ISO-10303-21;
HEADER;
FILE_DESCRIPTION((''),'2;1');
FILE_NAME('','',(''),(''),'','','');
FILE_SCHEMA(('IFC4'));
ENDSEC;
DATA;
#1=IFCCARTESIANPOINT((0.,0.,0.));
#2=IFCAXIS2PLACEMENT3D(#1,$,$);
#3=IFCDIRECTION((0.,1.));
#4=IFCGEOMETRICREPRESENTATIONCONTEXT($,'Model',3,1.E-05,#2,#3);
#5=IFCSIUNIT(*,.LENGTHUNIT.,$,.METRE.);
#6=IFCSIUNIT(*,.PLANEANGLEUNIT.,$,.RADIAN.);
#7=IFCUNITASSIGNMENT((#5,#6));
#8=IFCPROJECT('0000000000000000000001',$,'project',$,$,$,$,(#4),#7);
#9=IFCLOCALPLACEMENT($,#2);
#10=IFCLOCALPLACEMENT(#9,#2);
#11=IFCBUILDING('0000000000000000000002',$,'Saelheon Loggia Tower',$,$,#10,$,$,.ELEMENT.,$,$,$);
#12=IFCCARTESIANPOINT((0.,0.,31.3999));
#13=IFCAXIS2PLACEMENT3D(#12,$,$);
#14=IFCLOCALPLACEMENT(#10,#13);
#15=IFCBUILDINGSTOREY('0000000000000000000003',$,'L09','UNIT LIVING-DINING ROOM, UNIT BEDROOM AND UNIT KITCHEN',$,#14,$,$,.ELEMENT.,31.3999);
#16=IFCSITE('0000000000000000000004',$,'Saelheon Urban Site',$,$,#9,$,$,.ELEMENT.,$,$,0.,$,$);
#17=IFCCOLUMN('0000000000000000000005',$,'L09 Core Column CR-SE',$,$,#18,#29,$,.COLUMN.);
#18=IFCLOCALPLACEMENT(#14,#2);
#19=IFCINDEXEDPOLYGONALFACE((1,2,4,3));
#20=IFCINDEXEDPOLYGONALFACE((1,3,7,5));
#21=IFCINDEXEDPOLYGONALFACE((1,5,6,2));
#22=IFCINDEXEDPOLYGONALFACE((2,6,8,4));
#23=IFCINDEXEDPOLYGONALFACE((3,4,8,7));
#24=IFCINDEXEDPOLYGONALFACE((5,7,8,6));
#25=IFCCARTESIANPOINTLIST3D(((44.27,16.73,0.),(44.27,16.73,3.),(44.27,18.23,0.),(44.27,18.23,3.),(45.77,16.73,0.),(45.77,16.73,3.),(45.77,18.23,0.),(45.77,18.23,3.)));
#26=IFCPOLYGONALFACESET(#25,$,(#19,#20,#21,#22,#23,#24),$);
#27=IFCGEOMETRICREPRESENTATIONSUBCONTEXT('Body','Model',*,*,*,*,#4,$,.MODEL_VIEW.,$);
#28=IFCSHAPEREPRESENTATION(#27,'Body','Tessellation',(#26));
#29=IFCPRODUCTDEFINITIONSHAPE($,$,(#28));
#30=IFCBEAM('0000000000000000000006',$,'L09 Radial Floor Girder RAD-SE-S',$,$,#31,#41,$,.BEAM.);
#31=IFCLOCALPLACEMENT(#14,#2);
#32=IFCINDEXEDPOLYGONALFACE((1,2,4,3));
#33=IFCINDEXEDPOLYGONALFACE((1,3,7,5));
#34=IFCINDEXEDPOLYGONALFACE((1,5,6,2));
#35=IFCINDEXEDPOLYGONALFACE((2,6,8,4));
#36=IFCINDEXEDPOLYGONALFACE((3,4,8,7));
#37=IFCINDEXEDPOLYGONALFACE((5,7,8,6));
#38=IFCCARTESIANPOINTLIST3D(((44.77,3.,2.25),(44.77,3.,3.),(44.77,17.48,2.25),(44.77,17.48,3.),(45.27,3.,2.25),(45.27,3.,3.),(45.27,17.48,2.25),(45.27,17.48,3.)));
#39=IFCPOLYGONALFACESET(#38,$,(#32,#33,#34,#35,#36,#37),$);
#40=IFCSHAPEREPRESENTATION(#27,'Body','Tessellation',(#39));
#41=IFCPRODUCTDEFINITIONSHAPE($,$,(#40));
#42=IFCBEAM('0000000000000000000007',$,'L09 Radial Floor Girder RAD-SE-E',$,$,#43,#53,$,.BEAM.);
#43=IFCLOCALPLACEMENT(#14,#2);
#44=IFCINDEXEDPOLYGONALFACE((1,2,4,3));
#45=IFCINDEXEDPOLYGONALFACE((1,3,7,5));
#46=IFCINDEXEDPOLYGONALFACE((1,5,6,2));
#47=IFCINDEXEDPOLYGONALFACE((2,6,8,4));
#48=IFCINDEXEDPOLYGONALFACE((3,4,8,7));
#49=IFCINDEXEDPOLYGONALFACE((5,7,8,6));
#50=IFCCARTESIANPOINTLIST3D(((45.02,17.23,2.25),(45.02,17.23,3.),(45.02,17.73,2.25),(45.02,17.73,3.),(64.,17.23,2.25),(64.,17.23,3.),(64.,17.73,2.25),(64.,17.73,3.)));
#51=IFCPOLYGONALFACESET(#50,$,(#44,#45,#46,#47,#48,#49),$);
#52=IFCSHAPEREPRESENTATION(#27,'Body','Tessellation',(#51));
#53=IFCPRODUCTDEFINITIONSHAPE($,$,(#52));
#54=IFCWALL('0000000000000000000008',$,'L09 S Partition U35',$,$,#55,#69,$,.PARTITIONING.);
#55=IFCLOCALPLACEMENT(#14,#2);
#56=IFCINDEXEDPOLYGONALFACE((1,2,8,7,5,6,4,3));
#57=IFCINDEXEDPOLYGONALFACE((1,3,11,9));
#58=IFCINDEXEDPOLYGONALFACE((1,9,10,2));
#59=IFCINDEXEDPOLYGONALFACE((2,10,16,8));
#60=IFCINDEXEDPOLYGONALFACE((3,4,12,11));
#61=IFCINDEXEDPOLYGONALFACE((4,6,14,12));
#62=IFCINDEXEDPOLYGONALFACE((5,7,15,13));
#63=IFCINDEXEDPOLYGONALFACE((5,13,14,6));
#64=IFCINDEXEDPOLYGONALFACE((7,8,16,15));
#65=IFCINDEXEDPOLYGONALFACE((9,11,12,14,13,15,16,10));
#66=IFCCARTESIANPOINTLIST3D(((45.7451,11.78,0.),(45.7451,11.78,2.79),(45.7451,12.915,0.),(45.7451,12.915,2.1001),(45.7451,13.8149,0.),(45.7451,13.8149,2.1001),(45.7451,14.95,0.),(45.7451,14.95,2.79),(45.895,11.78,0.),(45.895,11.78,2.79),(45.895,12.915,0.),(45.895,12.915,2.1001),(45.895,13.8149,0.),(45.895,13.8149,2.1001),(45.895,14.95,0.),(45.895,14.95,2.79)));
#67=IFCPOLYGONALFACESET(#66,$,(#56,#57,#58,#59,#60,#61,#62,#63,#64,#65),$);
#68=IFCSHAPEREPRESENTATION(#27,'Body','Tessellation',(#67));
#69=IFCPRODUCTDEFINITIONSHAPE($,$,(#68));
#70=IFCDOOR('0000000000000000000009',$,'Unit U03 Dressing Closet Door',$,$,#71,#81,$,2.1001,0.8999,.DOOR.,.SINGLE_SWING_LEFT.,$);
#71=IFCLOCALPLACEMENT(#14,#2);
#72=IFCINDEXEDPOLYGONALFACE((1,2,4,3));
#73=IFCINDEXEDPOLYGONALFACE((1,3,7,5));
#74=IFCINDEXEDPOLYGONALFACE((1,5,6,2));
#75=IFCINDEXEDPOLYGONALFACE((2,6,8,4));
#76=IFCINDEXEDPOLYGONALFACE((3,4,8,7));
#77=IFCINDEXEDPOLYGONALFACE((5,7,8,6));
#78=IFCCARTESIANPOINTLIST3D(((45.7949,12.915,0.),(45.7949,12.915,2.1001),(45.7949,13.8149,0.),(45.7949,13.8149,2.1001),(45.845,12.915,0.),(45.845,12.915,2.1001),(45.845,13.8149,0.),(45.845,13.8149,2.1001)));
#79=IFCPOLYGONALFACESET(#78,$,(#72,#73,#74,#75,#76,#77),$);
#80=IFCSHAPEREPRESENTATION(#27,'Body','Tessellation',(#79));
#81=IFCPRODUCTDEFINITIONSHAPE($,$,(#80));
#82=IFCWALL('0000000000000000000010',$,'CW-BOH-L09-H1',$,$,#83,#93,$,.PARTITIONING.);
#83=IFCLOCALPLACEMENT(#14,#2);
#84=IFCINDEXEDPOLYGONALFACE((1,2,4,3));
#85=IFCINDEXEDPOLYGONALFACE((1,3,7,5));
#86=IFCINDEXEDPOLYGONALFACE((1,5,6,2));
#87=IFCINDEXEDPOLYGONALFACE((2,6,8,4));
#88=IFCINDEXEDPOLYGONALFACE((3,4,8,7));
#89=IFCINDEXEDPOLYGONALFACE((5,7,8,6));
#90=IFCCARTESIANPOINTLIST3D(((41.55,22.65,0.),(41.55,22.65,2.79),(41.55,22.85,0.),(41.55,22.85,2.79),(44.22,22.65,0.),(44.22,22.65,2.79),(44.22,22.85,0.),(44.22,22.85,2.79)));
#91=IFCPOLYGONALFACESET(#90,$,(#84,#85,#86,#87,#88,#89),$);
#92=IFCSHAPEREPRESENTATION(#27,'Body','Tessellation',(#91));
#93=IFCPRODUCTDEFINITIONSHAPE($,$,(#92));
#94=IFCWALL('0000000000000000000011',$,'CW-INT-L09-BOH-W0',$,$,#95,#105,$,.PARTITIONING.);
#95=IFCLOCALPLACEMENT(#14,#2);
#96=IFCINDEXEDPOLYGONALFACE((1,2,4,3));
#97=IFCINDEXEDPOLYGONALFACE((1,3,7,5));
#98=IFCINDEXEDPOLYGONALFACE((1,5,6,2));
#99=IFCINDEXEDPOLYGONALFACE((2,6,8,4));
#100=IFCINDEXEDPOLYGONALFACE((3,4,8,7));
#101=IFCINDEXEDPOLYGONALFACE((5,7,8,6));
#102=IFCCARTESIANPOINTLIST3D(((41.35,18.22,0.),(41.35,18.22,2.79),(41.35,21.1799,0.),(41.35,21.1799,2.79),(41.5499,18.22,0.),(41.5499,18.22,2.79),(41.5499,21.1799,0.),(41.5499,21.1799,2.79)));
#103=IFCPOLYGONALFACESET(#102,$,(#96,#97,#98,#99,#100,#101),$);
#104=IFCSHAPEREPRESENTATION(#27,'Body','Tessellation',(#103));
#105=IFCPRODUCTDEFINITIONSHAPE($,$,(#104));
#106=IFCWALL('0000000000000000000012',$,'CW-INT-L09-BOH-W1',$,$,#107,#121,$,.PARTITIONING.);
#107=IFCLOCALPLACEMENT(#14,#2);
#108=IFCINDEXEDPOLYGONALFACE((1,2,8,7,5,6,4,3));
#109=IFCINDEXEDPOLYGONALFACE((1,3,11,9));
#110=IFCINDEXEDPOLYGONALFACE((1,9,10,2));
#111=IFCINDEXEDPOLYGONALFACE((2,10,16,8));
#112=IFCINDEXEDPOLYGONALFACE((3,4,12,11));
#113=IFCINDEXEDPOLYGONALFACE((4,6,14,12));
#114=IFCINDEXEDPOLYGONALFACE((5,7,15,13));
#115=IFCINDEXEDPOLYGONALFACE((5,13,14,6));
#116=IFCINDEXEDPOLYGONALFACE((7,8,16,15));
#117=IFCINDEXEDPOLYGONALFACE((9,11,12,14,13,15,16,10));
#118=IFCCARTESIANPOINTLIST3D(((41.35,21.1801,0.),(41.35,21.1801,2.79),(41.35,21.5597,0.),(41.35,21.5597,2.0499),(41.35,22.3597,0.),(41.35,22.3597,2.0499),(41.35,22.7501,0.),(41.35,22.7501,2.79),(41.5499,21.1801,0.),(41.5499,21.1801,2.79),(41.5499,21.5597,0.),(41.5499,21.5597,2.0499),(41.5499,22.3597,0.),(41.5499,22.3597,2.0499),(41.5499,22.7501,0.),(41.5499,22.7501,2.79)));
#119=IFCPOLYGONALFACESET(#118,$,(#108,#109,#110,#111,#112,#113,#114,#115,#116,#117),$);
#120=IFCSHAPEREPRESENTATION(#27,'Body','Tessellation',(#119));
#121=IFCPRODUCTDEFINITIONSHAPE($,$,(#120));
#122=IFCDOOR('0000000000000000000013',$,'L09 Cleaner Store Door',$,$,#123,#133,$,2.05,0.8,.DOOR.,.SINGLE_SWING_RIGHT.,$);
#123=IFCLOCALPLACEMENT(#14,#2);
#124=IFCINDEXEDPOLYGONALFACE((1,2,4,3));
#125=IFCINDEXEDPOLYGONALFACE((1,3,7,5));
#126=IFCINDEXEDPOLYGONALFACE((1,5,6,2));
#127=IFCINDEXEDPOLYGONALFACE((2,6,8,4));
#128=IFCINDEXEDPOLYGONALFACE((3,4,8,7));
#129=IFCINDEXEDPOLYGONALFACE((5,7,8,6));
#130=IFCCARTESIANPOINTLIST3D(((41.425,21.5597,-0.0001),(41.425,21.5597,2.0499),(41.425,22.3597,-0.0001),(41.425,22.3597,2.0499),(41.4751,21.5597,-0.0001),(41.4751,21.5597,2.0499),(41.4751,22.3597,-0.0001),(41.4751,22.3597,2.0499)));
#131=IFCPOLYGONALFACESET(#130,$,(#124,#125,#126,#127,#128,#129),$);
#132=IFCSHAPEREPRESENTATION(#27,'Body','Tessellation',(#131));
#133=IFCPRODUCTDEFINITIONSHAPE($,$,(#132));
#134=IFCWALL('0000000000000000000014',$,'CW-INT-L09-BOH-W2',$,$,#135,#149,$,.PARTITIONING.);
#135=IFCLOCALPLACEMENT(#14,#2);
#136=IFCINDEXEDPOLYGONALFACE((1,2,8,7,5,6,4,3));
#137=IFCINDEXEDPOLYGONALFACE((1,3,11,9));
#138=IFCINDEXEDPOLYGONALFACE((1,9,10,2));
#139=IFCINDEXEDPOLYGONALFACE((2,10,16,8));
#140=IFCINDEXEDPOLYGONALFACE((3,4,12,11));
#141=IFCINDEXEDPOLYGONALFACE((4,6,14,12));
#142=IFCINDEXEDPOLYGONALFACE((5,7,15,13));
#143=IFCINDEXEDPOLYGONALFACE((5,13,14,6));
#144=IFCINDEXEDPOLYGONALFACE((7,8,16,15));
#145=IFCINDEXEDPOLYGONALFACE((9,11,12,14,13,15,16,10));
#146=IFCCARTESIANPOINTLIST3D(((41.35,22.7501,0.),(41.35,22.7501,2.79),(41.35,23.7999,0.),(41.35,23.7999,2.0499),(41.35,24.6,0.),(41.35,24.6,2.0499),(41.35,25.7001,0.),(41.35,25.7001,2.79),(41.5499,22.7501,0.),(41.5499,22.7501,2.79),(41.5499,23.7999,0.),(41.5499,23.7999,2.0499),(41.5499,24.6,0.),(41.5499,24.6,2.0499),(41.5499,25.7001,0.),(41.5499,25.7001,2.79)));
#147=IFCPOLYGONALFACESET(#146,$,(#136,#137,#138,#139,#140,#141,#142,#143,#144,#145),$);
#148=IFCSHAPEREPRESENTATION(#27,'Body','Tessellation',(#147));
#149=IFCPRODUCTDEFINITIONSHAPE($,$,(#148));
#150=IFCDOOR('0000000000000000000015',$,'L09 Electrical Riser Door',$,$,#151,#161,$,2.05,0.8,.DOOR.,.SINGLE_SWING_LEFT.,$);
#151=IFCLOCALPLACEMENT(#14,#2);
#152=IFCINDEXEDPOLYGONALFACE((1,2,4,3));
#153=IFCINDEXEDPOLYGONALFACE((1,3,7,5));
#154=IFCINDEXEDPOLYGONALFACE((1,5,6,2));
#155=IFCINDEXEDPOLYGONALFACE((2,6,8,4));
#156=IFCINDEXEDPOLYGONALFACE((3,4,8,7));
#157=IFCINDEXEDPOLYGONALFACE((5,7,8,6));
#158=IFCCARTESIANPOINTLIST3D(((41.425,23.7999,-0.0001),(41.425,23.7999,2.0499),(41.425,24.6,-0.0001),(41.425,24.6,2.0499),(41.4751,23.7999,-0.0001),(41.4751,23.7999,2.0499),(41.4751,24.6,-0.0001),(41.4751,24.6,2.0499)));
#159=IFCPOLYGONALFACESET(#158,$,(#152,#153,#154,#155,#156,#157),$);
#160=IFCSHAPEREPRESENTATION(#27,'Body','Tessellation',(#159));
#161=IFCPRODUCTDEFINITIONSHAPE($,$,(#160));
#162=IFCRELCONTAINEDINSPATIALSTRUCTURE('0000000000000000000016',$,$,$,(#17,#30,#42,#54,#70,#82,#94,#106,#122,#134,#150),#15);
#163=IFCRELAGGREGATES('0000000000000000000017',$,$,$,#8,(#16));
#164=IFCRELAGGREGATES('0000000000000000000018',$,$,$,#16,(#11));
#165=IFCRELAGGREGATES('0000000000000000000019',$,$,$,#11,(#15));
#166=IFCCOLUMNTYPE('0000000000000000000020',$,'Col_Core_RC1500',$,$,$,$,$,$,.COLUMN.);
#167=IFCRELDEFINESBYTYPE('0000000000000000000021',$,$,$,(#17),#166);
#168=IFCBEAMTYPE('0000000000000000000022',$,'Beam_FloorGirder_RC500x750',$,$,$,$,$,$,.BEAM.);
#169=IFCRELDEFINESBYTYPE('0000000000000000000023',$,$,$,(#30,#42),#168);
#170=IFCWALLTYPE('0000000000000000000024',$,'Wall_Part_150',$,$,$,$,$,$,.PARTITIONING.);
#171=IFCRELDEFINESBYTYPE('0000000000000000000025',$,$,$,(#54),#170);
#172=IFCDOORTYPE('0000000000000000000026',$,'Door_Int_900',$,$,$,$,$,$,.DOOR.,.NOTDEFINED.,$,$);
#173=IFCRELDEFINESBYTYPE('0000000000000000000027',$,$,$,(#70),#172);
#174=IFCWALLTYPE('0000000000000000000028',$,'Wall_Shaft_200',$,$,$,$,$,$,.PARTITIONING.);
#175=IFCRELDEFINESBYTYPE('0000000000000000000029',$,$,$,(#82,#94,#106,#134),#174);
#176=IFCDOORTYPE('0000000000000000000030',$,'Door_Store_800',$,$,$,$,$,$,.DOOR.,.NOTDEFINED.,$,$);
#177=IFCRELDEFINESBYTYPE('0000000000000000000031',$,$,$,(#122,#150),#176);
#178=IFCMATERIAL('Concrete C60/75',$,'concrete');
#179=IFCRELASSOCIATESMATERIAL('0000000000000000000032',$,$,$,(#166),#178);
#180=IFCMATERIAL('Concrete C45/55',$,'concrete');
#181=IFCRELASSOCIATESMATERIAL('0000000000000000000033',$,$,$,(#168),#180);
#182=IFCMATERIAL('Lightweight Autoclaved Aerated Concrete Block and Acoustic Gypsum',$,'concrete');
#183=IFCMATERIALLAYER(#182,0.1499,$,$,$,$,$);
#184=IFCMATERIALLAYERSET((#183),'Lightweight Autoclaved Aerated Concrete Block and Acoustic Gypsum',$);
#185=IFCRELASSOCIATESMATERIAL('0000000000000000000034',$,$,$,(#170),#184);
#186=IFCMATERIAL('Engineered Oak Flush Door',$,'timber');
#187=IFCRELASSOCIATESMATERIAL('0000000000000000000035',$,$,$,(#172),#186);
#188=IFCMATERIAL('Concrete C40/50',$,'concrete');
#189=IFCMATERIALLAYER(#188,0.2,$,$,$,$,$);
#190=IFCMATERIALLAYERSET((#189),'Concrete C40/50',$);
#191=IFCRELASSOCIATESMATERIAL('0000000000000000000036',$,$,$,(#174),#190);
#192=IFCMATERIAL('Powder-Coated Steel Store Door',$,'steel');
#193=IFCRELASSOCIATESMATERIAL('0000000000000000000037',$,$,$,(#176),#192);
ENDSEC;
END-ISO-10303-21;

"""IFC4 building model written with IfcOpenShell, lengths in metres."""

from ifc_helpers import new_model, si_unit, direction, frame, frame_2d, origin, origin_2d, place, context, subcontext, project, spatial, rectangle, extrude, source, transform, mapped, material, layer, layer_set, material_profile, profile_set, type_object, element, fill, save


model = new_model("IFC4")

# Units and contexts
model_context = context("Model", 3, precision=1e-05, world=origin(), true_north=direction((0.0, 1.0)))
body_context = subcontext(model_context, "Body", "Model", "MODEL_VIEW")
ifc_project = project(units=[si_unit("LENGTHUNIT", "METRE"), si_unit("PLANEANGLEUNIT", "RADIAN")], contexts=[model_context])

# Site, building, storey
site_placement = place(None, origin())
site = spatial("IfcSite", under=ifc_project, at=site_placement, Name="Saelheon Urban Site", CompositionType="ELEMENT", RefElevation=0.0)
building_placement = place(site_placement, origin())
building = spatial("IfcBuilding", under=site, at=building_placement, Name="Saelheon Loggia Tower", CompositionType="ELEMENT")
storey_placement = place(building_placement, frame((0.0, 0.0, 31.3999)))
storey = spatial("IfcBuildingStorey", under=building, at=storey_placement, Name="L09", Description="UNIT LIVING-DINING ROOM, UNIT BEDROOM AND UNIT KITCHEN", CompositionType="ELEMENT", Elevation=31.3999)

# Column
ifc_material_1 = material(Name="Concrete C60/75", Category="concrete")
ifc_material_profile_1 = material_profile(ifc_material_1, rectangle(XDim=1.5, YDim=1.5, at=origin_2d()), Name="RC-1500x1500")
ifc_profile_set_1 = profile_set([ifc_material_profile_1], Name="Concrete C60/75")
column_type = type_object("IfcColumnType", Name="Col_Core_RC1500", PredefinedType="COLUMN", material=ifc_profile_set_1)
shared_shape_1 = source(origin(), body_context, "Body", "SweptSolid", [
    extrude(rectangle(XDim=1.5, YDim=1.5, at=origin_2d()), origin(), (0.0, 0.0, 1.0), 3.0),
])
column_placement = place(storey_placement, frame((45.02, 17.48, 0.0), z_axis=(0.0, 0.0, 1.0), x_axis=(1.0, 0.0, 0.0)))
element("IfcColumn", 1, at=column_placement, inside=storey, type_object=column_type, Name="L09 Core Column CR-SE", PredefinedType="COLUMN", context=body_context, shape_type="MappedRepresentation", body=[
    mapped(shared_shape_1, transform((0.0, 0.0, 0.0), scale=1.0)),
])

# Beams
ifc_material_2 = material(Name="Concrete C45/55", Category="concrete")
ifc_material_profile_2 = material_profile(ifc_material_2, rectangle(XDim=0.5, YDim=0.75, at=origin_2d()), Name="RC-500x750")
ifc_profile_set_2 = profile_set([ifc_material_profile_2], Name="Concrete C45/55")
beam_type = type_object("IfcBeamType", Name="Beam_FloorGirder_RC500x750", PredefinedType="BEAM", material=ifc_profile_set_2)
shared_shape_2 = source(origin(), body_context, "Body", "SweptSolid", [
    extrude(rectangle(XDim=0.5, YDim=0.75, at=origin_2d()), origin(), (0.0, 0.0, 1.0), 14.48),
])
beam_1_placement = place(storey_placement, frame((45.02, 17.48, 2.625), z_axis=(0.0, -1.0, 0.0), x_axis=(1.0, 0.0, 0.0)))
element("IfcBeam", 2, at=beam_1_placement, inside=storey, type_object=beam_type, Name="L09 Radial Floor Girder RAD-SE-S", PredefinedType="BEAM", context=body_context, shape_type="MappedRepresentation", body=[
    mapped(shared_shape_2, transform((0.0, 0.0, 0.0), scale=1.0)),
])
shared_shape_3 = source(origin(), body_context, "Body", "SweptSolid", [
    extrude(rectangle(XDim=0.5, YDim=0.75, at=origin_2d()), origin(), (0.0, 0.0, 1.0), 18.98),
])
beam_2_placement = place(storey_placement, frame((45.02, 17.48, 2.625), z_axis=(1.0, 0.0, 0.0), x_axis=(0.0, 1.0, 0.0)))
element("IfcBeam", 3, at=beam_2_placement, inside=storey, type_object=beam_type, Name="L09 Radial Floor Girder RAD-SE-E", PredefinedType="BEAM", context=body_context, shape_type="MappedRepresentation", body=[
    mapped(shared_shape_3, transform((0.0, 0.0, 0.0), scale=1.0)),
])

# Wall, opening, door
ifc_material_3 = material(Name="Lightweight Autoclaved Aerated Concrete Block and Acoustic Gypsum", Category="concrete")
ifc_layer_1 = layer(ifc_material_3, 0.1499)
ifc_layer_set_1 = layer_set([ifc_layer_1], Name="Lightweight Autoclaved Aerated Concrete Block and Acoustic Gypsum")
wall_type_1 = type_object("IfcWallType", Name="Wall_Part_150", PredefinedType="PARTITIONING", material=ifc_layer_set_1)
wall_1_placement = place(storey_placement, frame((45.8201, 14.95, 0.0), z_axis=(0.0, 0.0, 1.0), x_axis=(0.0, -1.0, 0.0)))
wall_1 = element("IfcWall", 4, at=wall_1_placement, inside=storey, type_object=wall_type_1, Name="L09 S Partition U35", PredefinedType="PARTITIONING", context=body_context, shape_type="SweptSolid", body=[
    extrude(rectangle(XDim=3.1699, YDim=0.1499, at=frame_2d((1.585, 0.0))), origin(), (0.0, 0.0, 1.0), 2.79),
])
opening_1_placement = place(wall_1_placement, frame((1.135, 0.0, 0.0)))
opening_1 = element("IfcOpeningElement", 5, at=opening_1_placement, cuts=wall_1, PredefinedType="OPENING", context=body_context, shape_type="SweptSolid", body=[
    extrude(rectangle(XDim=0.8999, YDim=2.1001, at=frame_2d((0.45, 1.05))), frame((0.0, 0.0869, 0.0), z_axis=(0.0, -1.0, 0.0), x_axis=(1.0, 0.0, 0.0)), (0.0, 0.0, 1.0), 0.1738),
])
ifc_material_4 = material(Name="Engineered Oak Flush Door", Category="timber")
door_type_1 = type_object("IfcDoorType", Name="Door_Int_900", OperationType="NOTDEFINED", PredefinedType="DOOR", material=ifc_material_4)
shared_shape_4 = source(origin(), body_context, "Body", "SweptSolid", [
    extrude(rectangle(XDim=0.8999, YDim=2.1001, at=frame_2d((0.45, 1.05))), frame((0.0, 0.0249, 0.0), z_axis=(0.0, -1.0, 0.0), x_axis=(1.0, 0.0, 0.0)), (0.0, 0.0, 1.0), 0.05),
])
door_1_placement = place(opening_1_placement, origin())
door_1 = element("IfcDoor", 6, at=door_1_placement, inside=storey, type_object=door_type_1, Name="Unit U03 Dressing Closet Door", OperationType="SINGLE_SWING_LEFT", OverallHeight=2.1001, OverallWidth=0.8999, PredefinedType="DOOR", context=body_context, shape_type="MappedRepresentation", body=[
    mapped(shared_shape_4, transform((0.0, 0.0, 0.0), scale=1.0)),
])
fill(opening_1, door_1)

# Walls
ifc_material_5 = material(Name="Concrete C40/50", Category="concrete")
ifc_layer_2 = layer(ifc_material_5, 0.2)
ifc_layer_set_2 = layer_set([ifc_layer_2], Name="Concrete C40/50")
wall_type_2 = type_object("IfcWallType", Name="Wall_Shaft_200", PredefinedType="PARTITIONING", material=ifc_layer_set_2)
wall_2_placement = place(storey_placement, frame((41.55, 22.75, 0.0), z_axis=(0.0, 0.0, 1.0), x_axis=(1.0, 0.0, 0.0)))
element("IfcWall", 7, at=wall_2_placement, inside=storey, type_object=wall_type_2, Name="CW-BOH-L09-H1", PredefinedType="PARTITIONING", context=body_context, shape_type="SweptSolid", body=[
    extrude(rectangle(XDim=2.6699, YDim=0.2, at=frame_2d((1.335, 0.0))), origin(), (0.0, 0.0, 1.0), 2.79),
])
wall_3_placement = place(storey_placement, frame((41.45, 18.22, 0.0), z_axis=(0.0, 0.0, 1.0), x_axis=(0.0, 1.0, 0.0)))
element("IfcWall", 8, at=wall_3_placement, inside=storey, type_object=wall_type_2, Name="CW-INT-L09-BOH-W0", PredefinedType="PARTITIONING", context=body_context, shape_type="SweptSolid", body=[
    extrude(rectangle(XDim=2.96, YDim=0.2, at=frame_2d((1.48, 0.0))), origin(), (0.0, 0.0, 1.0), 2.79),
])

# Walls, openings, doors
wall_4_placement = place(storey_placement, frame((41.45, 21.1799, 0.0), z_axis=(0.0, 0.0, 1.0), x_axis=(0.0, 1.0, 0.0)))
wall_4 = element("IfcWall", 9, at=wall_4_placement, inside=storey, type_object=wall_type_2, Name="CW-INT-L09-BOH-W1", PredefinedType="PARTITIONING", context=body_context, shape_type="SweptSolid", body=[
    extrude(rectangle(XDim=1.5701, YDim=0.2, at=frame_2d((0.7852, 0.0))), origin(), (0.0, 0.0, 1.0), 2.79),
])
opening_2_placement = place(wall_4_placement, frame((0.3799, 0.0, 0.0)))
opening_2 = element("IfcOpeningElement", 10, at=opening_2_placement, cuts=wall_4, PredefinedType="OPENING", context=body_context, shape_type="SweptSolid", body=[
    extrude(rectangle(XDim=0.8, YDim=2.05, at=frame_2d((0.3999, 1.0249))), frame((0.0, 0.1121, 0.0), z_axis=(0.0, -1.0, 0.0), x_axis=(1.0, 0.0, 0.0)), (0.0, 0.0, 1.0), 0.2239),
])
ifc_material_6 = material(Name="Powder-Coated Steel Store Door", Category="steel")
door_type_2 = type_object("IfcDoorType", Name="Door_Store_800", OperationType="NOTDEFINED", PredefinedType="DOOR", material=ifc_material_6)
shared_shape_5 = source(origin(), body_context, "Body", "SweptSolid", [
    extrude(rectangle(XDim=0.8, YDim=2.05, at=frame_2d((0.3999, 1.0249))), frame((0.0, 0.0249, 0.0), z_axis=(0.0, -1.0, 0.0), x_axis=(1.0, 0.0, 0.0)), (0.0, 0.0, 1.0), 0.05),
])
door_2_placement = place(opening_2_placement, origin())
door_2 = element("IfcDoor", 11, at=door_2_placement, inside=storey, type_object=door_type_2, Name="L09 Cleaner Store Door", OperationType="SINGLE_SWING_RIGHT", OverallHeight=2.05, OverallWidth=0.8, PredefinedType="DOOR", context=body_context, shape_type="MappedRepresentation", body=[
    mapped(shared_shape_5, transform((0.0, 0.0, 0.0), scale=1.0)),
])
fill(opening_2, door_2)
wall_5_placement = place(storey_placement, frame((41.45, 22.75, 0.0), z_axis=(0.0, 0.0, 1.0), x_axis=(0.0, 1.0, 0.0)))
wall_5 = element("IfcWall", 12, at=wall_5_placement, inside=storey, type_object=wall_type_2, Name="CW-INT-L09-BOH-W2", PredefinedType="PARTITIONING", context=body_context, shape_type="SweptSolid", body=[
    extrude(rectangle(XDim=2.95, YDim=0.2, at=frame_2d((1.4751, 0.0))), origin(), (0.0, 0.0, 1.0), 2.79),
])
opening_3_placement = place(wall_5_placement, frame((1.05, 0.0, 0.0)))
opening_3 = element("IfcOpeningElement", 13, at=opening_3_placement, cuts=wall_5, PredefinedType="OPENING", context=body_context, shape_type="SweptSolid", body=[
    extrude(rectangle(XDim=0.8, YDim=2.05, at=frame_2d((0.3999, 1.0249))), frame((0.0, 0.1121, 0.0), z_axis=(0.0, -1.0, 0.0), x_axis=(1.0, 0.0, 0.0)), (0.0, 0.0, 1.0), 0.2239),
])
door_3_placement = place(opening_3_placement, origin())
door_3 = element("IfcDoor", 14, at=door_3_placement, inside=storey, type_object=door_type_2, Name="L09 Electrical Riser Door", OperationType="SINGLE_SWING_LEFT", OverallHeight=2.05, OverallWidth=0.8, PredefinedType="DOOR", context=body_context, shape_type="MappedRepresentation", body=[
    mapped(shared_shape_5, transform((0.0, 0.0, 0.0), scale=1.0)),
])
fill(opening_3, door_3)

save(model, "model.ifc")
